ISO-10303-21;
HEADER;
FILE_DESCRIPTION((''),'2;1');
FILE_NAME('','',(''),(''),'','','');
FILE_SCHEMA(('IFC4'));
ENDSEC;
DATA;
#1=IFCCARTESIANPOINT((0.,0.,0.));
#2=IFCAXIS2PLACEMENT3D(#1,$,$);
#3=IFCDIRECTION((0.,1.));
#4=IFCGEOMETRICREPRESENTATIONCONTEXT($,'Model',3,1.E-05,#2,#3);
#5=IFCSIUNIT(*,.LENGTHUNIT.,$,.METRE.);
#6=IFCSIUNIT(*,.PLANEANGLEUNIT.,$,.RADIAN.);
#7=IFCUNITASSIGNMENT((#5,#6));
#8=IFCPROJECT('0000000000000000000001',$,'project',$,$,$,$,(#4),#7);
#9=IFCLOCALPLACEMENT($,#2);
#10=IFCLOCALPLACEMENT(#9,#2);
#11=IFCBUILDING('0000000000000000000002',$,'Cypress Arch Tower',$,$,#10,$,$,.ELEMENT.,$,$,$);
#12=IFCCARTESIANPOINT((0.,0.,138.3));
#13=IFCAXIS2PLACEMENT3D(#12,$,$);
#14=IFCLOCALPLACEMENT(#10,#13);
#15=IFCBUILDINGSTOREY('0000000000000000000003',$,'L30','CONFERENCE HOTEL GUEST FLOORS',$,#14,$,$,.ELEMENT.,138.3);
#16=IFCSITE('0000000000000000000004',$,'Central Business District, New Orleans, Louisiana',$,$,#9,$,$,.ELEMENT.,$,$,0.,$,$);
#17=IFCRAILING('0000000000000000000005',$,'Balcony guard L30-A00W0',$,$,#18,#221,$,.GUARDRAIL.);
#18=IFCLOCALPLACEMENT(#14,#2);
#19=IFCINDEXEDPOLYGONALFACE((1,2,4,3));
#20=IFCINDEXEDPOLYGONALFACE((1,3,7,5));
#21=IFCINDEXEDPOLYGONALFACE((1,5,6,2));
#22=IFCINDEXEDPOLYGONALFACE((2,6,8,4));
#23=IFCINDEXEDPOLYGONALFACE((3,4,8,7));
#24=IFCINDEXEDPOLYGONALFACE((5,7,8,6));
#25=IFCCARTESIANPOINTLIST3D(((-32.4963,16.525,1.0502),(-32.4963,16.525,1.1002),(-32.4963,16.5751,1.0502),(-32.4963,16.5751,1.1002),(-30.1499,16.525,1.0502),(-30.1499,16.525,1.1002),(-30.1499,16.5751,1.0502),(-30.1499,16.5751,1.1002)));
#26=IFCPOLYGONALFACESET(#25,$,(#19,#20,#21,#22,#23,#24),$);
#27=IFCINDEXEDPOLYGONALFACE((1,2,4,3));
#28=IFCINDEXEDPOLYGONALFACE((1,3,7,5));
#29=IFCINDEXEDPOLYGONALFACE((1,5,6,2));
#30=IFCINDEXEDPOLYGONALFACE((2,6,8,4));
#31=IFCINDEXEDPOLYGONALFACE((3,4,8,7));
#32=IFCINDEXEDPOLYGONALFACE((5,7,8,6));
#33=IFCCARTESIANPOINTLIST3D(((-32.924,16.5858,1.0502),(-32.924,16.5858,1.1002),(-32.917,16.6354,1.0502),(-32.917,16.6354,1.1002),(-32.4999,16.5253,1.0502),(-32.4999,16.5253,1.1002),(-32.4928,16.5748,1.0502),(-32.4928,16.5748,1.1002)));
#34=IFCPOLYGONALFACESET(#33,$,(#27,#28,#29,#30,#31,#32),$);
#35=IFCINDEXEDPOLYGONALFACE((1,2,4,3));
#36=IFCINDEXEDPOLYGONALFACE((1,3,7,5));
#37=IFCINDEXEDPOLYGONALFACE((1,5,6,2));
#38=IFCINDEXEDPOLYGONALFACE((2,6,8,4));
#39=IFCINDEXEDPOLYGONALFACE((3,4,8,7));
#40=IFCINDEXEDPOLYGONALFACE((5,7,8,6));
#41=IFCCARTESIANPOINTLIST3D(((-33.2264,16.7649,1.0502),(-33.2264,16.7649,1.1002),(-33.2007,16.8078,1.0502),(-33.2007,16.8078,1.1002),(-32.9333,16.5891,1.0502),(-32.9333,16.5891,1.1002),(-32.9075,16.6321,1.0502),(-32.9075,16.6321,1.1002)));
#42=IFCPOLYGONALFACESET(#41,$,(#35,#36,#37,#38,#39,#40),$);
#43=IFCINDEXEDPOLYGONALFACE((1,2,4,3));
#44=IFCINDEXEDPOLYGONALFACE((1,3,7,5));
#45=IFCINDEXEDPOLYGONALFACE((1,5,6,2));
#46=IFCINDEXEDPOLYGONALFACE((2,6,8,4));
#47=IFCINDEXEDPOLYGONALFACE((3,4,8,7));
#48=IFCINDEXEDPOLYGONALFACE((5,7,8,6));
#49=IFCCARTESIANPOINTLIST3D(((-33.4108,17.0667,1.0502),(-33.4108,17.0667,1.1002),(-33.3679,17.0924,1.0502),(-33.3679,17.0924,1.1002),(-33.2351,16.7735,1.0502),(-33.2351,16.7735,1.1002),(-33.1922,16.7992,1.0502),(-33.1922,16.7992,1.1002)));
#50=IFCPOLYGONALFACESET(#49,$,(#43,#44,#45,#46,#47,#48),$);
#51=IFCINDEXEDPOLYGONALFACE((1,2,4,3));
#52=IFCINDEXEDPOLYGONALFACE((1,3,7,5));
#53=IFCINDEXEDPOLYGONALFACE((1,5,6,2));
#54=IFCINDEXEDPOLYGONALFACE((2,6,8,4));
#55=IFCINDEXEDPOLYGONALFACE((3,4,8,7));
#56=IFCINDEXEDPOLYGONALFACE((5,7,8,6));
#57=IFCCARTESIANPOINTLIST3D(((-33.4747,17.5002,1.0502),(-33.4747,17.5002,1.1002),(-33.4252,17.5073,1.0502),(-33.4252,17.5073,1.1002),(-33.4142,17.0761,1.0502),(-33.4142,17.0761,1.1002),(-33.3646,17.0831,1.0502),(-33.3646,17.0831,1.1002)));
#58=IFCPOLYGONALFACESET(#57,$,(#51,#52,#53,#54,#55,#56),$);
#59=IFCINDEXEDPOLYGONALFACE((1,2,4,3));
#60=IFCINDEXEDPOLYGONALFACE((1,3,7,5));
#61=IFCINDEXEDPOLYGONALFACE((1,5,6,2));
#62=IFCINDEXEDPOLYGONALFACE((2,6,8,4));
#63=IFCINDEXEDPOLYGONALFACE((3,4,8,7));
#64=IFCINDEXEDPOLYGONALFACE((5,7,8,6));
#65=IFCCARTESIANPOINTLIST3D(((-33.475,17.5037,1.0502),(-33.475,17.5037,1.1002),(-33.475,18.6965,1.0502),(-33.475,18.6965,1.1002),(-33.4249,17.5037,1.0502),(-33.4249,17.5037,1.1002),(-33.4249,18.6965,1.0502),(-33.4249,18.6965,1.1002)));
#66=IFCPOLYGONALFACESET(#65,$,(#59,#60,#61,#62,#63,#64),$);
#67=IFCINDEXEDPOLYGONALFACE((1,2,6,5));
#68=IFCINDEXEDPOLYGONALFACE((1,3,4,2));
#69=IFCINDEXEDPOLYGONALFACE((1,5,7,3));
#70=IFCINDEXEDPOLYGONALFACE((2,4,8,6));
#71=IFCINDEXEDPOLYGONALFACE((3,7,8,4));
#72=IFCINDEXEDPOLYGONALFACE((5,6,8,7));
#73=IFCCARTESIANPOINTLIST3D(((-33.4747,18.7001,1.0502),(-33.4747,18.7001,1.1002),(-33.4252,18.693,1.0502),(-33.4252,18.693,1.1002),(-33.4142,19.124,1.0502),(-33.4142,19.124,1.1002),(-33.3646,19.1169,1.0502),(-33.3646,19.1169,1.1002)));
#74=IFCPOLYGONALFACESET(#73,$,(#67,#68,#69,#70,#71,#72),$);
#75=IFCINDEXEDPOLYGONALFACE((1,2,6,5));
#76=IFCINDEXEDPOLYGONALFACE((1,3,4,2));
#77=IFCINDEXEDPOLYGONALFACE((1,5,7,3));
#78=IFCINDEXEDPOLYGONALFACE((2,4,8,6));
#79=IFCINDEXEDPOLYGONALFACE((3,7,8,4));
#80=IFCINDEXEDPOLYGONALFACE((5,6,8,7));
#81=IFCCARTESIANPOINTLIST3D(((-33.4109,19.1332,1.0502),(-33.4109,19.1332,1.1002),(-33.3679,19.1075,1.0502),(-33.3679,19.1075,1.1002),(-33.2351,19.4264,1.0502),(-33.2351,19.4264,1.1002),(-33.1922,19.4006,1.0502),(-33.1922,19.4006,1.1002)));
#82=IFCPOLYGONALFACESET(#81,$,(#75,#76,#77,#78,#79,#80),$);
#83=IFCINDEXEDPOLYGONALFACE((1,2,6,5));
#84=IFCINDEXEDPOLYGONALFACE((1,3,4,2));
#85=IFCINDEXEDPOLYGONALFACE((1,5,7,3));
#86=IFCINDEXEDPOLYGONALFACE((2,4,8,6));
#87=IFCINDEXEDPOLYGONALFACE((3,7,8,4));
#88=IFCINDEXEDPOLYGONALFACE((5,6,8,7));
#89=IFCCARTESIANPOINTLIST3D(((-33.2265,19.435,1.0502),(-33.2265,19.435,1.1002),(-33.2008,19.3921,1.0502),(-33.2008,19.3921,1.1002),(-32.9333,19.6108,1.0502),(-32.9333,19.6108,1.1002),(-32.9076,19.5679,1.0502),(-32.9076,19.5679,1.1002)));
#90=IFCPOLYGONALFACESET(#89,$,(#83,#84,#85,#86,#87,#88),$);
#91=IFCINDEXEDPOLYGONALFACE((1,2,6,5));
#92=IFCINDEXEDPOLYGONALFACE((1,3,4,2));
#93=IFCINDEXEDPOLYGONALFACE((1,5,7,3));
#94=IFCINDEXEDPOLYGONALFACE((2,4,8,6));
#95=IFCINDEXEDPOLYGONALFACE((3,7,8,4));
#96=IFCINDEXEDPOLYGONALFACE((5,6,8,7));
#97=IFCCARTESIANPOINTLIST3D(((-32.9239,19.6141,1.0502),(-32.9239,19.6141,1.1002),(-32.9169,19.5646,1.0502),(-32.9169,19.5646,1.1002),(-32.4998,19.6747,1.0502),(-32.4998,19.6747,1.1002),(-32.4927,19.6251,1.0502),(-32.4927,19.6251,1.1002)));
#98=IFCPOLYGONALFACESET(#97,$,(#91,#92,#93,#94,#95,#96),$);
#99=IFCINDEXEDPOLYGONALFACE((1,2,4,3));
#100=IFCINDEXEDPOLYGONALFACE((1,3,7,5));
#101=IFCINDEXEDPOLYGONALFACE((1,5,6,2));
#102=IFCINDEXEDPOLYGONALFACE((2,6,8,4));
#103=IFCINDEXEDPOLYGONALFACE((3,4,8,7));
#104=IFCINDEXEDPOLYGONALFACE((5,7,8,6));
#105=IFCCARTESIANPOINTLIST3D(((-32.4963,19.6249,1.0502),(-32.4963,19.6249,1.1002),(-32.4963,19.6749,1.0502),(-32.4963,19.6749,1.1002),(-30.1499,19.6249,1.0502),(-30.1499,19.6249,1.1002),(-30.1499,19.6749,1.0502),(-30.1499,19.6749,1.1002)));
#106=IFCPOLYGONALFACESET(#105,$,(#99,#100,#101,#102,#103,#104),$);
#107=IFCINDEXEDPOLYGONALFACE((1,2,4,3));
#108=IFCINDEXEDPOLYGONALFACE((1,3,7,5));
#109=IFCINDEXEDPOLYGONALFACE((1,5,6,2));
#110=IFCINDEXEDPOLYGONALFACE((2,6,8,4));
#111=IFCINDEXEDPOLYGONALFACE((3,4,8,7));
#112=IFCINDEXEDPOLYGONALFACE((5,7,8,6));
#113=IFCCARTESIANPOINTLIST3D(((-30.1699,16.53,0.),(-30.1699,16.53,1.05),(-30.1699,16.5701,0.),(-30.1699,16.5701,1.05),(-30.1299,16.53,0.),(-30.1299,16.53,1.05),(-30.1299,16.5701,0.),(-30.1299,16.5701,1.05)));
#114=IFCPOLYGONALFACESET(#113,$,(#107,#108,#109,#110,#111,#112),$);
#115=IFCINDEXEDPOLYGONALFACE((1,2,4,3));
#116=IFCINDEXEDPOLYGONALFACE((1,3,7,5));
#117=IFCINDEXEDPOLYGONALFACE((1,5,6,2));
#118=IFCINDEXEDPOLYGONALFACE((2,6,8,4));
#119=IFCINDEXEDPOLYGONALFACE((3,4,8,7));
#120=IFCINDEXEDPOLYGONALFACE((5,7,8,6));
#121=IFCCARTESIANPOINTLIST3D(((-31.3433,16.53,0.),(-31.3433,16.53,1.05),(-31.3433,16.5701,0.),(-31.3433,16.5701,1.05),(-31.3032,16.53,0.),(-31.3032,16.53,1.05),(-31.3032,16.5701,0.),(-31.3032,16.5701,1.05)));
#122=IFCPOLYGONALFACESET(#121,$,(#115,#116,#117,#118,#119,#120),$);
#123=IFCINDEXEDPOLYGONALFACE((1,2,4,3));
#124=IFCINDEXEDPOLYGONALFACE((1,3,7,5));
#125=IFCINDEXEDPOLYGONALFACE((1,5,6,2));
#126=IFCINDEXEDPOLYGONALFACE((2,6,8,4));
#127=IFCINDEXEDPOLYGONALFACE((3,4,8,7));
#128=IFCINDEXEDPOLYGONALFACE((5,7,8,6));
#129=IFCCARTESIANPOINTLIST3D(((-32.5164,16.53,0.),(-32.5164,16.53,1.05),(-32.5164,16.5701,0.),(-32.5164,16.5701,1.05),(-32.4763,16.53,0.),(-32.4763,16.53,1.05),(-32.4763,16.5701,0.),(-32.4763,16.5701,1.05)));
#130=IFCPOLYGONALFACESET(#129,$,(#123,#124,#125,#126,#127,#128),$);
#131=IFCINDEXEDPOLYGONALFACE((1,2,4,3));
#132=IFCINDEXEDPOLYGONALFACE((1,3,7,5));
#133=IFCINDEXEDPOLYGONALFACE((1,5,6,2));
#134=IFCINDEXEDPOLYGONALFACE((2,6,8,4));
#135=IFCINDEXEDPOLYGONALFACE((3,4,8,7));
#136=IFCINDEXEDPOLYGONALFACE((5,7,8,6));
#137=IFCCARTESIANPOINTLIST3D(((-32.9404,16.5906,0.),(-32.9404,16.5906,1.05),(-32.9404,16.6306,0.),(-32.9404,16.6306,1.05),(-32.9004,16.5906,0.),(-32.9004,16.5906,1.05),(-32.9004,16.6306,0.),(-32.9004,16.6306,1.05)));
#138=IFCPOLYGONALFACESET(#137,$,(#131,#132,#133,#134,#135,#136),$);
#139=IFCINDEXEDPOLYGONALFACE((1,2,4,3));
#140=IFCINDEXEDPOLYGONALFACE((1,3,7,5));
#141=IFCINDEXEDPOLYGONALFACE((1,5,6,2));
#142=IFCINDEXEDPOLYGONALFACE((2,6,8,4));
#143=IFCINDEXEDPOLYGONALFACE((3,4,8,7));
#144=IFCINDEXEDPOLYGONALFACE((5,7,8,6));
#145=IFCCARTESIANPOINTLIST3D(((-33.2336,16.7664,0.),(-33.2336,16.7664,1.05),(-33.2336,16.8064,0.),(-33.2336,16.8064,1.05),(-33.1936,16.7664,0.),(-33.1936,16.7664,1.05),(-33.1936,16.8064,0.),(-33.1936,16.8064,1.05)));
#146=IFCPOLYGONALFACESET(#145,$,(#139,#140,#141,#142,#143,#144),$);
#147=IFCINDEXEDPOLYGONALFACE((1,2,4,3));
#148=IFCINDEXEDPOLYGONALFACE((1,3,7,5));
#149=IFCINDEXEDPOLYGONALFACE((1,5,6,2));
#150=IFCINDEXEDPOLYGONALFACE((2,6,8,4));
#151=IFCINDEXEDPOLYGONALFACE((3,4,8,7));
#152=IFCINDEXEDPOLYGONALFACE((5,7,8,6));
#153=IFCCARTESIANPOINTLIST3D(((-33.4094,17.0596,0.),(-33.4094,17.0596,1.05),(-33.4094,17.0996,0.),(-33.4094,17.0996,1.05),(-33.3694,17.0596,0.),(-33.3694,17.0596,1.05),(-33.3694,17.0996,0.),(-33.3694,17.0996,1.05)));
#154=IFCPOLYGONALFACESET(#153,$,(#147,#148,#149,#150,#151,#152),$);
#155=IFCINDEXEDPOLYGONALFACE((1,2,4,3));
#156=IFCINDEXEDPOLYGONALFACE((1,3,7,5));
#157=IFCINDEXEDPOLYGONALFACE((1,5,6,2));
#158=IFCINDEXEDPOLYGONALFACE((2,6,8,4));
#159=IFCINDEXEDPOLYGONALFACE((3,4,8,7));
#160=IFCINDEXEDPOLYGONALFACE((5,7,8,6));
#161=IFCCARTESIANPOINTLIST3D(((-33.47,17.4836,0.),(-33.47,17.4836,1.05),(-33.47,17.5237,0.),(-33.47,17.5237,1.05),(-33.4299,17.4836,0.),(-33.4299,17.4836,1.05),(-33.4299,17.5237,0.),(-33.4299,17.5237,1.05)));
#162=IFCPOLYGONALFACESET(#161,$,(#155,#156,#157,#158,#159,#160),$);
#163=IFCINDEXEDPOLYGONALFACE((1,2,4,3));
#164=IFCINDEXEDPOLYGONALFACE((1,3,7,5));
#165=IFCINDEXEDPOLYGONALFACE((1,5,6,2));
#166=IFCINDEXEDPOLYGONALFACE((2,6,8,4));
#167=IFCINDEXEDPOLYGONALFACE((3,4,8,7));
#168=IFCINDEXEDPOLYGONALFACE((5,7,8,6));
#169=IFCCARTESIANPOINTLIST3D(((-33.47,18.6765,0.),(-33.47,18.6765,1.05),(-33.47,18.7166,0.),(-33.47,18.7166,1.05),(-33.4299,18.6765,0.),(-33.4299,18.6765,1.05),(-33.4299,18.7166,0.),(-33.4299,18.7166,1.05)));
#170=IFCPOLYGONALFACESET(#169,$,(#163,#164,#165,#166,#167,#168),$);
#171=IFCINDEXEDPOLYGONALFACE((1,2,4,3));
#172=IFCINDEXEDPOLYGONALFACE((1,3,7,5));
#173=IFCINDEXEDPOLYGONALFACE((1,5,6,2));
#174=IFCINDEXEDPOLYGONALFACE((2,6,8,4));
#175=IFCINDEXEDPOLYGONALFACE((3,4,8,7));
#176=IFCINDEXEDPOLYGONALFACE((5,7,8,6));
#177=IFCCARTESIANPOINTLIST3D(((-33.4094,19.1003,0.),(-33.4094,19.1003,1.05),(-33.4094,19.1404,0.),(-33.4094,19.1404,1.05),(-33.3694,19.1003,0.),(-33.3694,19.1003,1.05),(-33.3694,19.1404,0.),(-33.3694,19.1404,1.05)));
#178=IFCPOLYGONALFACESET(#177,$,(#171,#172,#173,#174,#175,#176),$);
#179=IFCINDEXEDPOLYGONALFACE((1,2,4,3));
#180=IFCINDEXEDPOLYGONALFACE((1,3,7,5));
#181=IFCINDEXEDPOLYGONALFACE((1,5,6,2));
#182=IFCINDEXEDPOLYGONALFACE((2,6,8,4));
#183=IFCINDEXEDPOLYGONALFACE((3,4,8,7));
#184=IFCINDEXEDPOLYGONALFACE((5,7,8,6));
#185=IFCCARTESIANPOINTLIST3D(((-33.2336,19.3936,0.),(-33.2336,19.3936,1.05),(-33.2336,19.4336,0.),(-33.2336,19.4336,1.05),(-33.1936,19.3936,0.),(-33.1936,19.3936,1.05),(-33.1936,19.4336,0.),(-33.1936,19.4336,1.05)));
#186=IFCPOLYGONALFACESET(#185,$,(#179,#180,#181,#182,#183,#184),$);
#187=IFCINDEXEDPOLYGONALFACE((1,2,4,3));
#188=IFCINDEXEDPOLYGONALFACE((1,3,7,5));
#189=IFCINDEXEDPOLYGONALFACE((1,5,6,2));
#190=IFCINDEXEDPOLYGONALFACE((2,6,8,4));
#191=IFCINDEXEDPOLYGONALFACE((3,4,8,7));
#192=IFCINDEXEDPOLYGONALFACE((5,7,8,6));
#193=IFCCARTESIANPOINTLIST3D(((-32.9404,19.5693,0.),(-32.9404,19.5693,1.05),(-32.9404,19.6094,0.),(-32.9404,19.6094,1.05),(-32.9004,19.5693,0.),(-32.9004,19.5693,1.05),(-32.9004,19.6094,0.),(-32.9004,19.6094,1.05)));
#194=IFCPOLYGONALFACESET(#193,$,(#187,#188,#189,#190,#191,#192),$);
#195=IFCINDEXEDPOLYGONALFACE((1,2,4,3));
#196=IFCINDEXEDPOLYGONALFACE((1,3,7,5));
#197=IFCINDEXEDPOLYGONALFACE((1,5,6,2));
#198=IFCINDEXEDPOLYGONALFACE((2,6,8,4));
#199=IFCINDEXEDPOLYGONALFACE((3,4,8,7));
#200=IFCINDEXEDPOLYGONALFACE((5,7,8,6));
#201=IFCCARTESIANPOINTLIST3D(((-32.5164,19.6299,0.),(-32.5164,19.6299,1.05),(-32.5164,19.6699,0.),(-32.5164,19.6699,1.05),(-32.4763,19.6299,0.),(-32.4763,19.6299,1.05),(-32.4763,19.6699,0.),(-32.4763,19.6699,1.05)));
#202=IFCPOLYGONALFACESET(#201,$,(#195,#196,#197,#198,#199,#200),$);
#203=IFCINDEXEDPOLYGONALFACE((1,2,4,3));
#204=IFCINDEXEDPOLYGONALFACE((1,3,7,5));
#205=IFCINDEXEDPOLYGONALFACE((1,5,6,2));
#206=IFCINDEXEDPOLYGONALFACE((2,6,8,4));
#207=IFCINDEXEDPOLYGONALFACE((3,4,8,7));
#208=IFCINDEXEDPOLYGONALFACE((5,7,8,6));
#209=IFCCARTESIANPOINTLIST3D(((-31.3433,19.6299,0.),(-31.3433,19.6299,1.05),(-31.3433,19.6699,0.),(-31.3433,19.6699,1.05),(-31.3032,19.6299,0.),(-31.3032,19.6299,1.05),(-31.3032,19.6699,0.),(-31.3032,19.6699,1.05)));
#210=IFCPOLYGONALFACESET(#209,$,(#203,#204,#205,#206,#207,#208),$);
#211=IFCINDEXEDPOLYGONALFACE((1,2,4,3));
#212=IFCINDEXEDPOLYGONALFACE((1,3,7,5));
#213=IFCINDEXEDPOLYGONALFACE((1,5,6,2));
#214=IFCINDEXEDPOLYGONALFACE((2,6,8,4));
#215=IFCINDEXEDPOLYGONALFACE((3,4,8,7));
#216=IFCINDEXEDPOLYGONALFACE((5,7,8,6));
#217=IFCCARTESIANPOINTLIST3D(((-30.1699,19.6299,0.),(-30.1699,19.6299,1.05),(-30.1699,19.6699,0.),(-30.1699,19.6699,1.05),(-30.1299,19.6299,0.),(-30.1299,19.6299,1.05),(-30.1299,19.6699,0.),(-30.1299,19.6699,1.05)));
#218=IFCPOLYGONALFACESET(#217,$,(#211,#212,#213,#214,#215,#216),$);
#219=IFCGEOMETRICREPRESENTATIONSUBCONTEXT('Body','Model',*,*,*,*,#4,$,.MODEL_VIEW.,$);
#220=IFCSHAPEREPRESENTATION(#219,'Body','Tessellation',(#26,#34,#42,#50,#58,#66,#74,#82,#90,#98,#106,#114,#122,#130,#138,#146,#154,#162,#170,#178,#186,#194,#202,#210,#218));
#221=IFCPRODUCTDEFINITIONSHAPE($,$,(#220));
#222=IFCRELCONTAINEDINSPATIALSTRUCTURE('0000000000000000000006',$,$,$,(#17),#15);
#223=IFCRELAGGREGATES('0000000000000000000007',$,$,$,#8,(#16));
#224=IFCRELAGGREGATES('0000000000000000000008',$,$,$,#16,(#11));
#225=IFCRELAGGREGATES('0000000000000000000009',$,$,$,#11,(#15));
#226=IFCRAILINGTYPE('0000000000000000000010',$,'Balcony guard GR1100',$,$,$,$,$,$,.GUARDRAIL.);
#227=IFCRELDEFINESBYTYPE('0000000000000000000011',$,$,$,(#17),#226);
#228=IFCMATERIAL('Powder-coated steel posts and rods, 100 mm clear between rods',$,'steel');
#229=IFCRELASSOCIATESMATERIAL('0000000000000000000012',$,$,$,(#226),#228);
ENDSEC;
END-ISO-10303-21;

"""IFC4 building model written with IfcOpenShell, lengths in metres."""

from ifc_helpers import new_model, si_unit, direction, frame, origin, origin_2d, place, context, subcontext, project, spatial, rectangle, extrude, material, type_object, element, save


model = new_model("IFC4")

# Units and contexts
model_context = context("Model", 3, precision=1e-05, world=origin(), true_north=direction((0.0, 1.0)))
body_context = subcontext(model_context, "Body", "Model", "MODEL_VIEW")
ifc_project = project(units=[si_unit("LENGTHUNIT", "METRE"), si_unit("PLANEANGLEUNIT", "RADIAN")], contexts=[model_context])

# Site, building, storey
site_placement = place(None, origin())
site = spatial("IfcSite", under=ifc_project, at=site_placement, Name="Central Business District, New Orleans, Louisiana", CompositionType="ELEMENT", RefElevation=0.0)
building_placement = place(site_placement, origin())
building = spatial("IfcBuilding", under=site, at=building_placement, Name="Cypress Arch Tower", CompositionType="ELEMENT")
storey_placement = place(building_placement, frame((0.0, 0.0, 138.3)))
storey = spatial("IfcBuildingStorey", under=building, at=storey_placement, Name="L30", Description="CONFERENCE HOTEL GUEST FLOORS", CompositionType="ELEMENT", Elevation=138.3)

# Railing
ifc_material_1 = material(Name="Powder-coated steel posts and rods, 100 mm clear between rods", Category="steel")
railing_type_1 = type_object("IfcRailingType", Name="Balcony guard GR1100", PredefinedType="GUARDRAIL", material=ifc_material_1)
railing_1_placement = place(storey_placement, frame((-30.1499, 16.55, 0.0)))
element("IfcRailing", 1, at=railing_1_placement, inside=storey, type_object=railing_type_1, Name="Balcony guard L30-A00W0", PredefinedType="GUARDRAIL", context=body_context, shape_type="SweptSolid", body=[
    extrude(rectangle(XDim=0.05, YDim=0.05, at=origin_2d()), frame((0.0, 0.0, 1.0752), z_axis=(-1.0, 0.0, 0.0), x_axis=(0.0, -1.0, 0.0)), (0.0, 0.0, 1.0), 2.3464),
    extrude(rectangle(XDim=0.05, YDim=0.05, at=origin_2d()), frame((-2.3464, 0.0, 1.0752), z_axis=(-0.989961, 0.141342, 0.0), x_axis=(-0.141342, -0.989961, 0.0)), (0.0, 0.0, 1.0), 0.4285),
    extrude(rectangle(XDim=0.05, YDim=0.05, at=origin_2d()), frame((-2.7705, 0.0605, 1.0752), z_axis=(-0.857682, 0.514181, 0.0), x_axis=(-0.514181, -0.857682, 0.0)), (0.0, 0.0, 1.0), 0.3418),
    extrude(rectangle(XDim=0.05, YDim=0.05, at=origin_2d()), frame((-3.0637, 0.2363, 1.0752), z_axis=(-0.514181, 0.857682, 0.0), x_axis=(-0.857682, -0.514181, 0.0)), (0.0, 0.0, 1.0), 0.3418),
    extrude(rectangle(XDim=0.05, YDim=0.05, at=origin_2d()), frame((-3.2395, 0.5295, 1.0752), z_axis=(-0.141342, 0.989961, 0.0), x_axis=(-0.989961, -0.141342, 0.0)), (0.0, 0.0, 1.0), 0.4285),
    extrude(rectangle(XDim=0.05, YDim=0.05, at=origin_2d()), frame((-3.3, 0.9536, 1.0752), z_axis=(0.0, 1.0, 0.0), x_axis=(-1.0, 0.0, 0.0)), (0.0, 0.0, 1.0), 1.1929),
    extrude(rectangle(XDim=0.05, YDim=0.05, at=origin_2d()), frame((-3.3, 2.1465, 1.0752), z_axis=(0.141421, 0.989949, 0.0), x_axis=(-0.989949, 0.141421, 0.0)), (0.0, 0.0, 1.0), 0.4282),
    extrude(rectangle(XDim=0.05, YDim=0.05, at=origin_2d()), frame((-3.2395, 2.5703, 1.0752), z_axis=(0.514181, 0.857682, 0.0), x_axis=(-0.857682, 0.514181, 0.0)), (0.0, 0.0, 1.0), 0.3418),
    extrude(rectangle(XDim=0.05, YDim=0.05, at=origin_2d()), frame((-3.0637, 2.8635, 1.0752), z_axis=(0.857682, 0.514181, 0.0), x_axis=(-0.514181, 0.857682, 0.0)), (0.0, 0.0, 1.0), 0.3418),
    extrude(rectangle(XDim=0.05, YDim=0.05, at=origin_2d()), frame((-2.7705, 3.0393, 1.0752), z_axis=(0.989961, 0.141342, 0.0), x_axis=(-0.141342, 0.989961, 0.0)), (0.0, 0.0, 1.0), 0.4285),
    extrude(rectangle(XDim=0.05, YDim=0.05, at=origin_2d()), frame((-2.3464, 3.0999, 1.0752), z_axis=(1.0, 0.0, 0.0), x_axis=(0.0, 1.0, 0.0)), (0.0, 0.0, 1.0), 2.3464),
    extrude(rectangle(XDim=0.04, YDim=0.04, at=origin_2d()), origin(), (0.0, 0.0, 1.0), 1.05),
    extrude(rectangle(XDim=0.04, YDim=0.04, at=origin_2d()), frame((-1.1733, 0.0, 0.0)), (0.0, 0.0, 1.0), 1.05),
    extrude(rectangle(XDim=0.04, YDim=0.04, at=origin_2d()), frame((-2.3464, 0.0, 0.0)), (0.0, 0.0, 1.0), 1.05),
    extrude(rectangle(XDim=0.04, YDim=0.04, at=origin_2d()), frame((-2.7705, 0.0605, 0.0)), (0.0, 0.0, 1.0), 1.05),
    extrude(rectangle(XDim=0.04, YDim=0.04, at=origin_2d()), frame((-3.0637, 0.2363, 0.0)), (0.0, 0.0, 1.0), 1.05),
    extrude(rectangle(XDim=0.04, YDim=0.04, at=origin_2d()), frame((-3.2395, 0.5295, 0.0)), (0.0, 0.0, 1.0), 1.05),
    extrude(rectangle(XDim=0.04, YDim=0.04, at=origin_2d()), frame((-3.3, 0.9536, 0.0)), (0.0, 0.0, 1.0), 1.05),
    extrude(rectangle(XDim=0.04, YDim=0.04, at=origin_2d()), frame((-3.3, 2.1465, 0.0)), (0.0, 0.0, 1.0), 1.05),
    extrude(rectangle(XDim=0.04, YDim=0.04, at=origin_2d()), frame((-3.2395, 2.5703, 0.0)), (0.0, 0.0, 1.0), 1.05),
    extrude(rectangle(XDim=0.04, YDim=0.04, at=origin_2d()), frame((-3.0637, 2.8635, 0.0)), (0.0, 0.0, 1.0), 1.05),
    extrude(rectangle(XDim=0.04, YDim=0.04, at=origin_2d()), frame((-2.7705, 3.0393, 0.0)), (0.0, 0.0, 1.0), 1.05),
    extrude(rectangle(XDim=0.04, YDim=0.04, at=origin_2d()), frame((-2.3464, 3.0999, 0.0)), (0.0, 0.0, 1.0), 1.05),
    extrude(rectangle(XDim=0.04, YDim=0.04, at=origin_2d()), frame((-1.1733, 3.0999, 0.0)), (0.0, 0.0, 1.0), 1.05),
    extrude(rectangle(XDim=0.04, YDim=0.04, at=origin_2d()), frame((0.0, 3.0999, 0.0)), (0.0, 0.0, 1.0), 1.05),
])

save(model, "model.ifc")
